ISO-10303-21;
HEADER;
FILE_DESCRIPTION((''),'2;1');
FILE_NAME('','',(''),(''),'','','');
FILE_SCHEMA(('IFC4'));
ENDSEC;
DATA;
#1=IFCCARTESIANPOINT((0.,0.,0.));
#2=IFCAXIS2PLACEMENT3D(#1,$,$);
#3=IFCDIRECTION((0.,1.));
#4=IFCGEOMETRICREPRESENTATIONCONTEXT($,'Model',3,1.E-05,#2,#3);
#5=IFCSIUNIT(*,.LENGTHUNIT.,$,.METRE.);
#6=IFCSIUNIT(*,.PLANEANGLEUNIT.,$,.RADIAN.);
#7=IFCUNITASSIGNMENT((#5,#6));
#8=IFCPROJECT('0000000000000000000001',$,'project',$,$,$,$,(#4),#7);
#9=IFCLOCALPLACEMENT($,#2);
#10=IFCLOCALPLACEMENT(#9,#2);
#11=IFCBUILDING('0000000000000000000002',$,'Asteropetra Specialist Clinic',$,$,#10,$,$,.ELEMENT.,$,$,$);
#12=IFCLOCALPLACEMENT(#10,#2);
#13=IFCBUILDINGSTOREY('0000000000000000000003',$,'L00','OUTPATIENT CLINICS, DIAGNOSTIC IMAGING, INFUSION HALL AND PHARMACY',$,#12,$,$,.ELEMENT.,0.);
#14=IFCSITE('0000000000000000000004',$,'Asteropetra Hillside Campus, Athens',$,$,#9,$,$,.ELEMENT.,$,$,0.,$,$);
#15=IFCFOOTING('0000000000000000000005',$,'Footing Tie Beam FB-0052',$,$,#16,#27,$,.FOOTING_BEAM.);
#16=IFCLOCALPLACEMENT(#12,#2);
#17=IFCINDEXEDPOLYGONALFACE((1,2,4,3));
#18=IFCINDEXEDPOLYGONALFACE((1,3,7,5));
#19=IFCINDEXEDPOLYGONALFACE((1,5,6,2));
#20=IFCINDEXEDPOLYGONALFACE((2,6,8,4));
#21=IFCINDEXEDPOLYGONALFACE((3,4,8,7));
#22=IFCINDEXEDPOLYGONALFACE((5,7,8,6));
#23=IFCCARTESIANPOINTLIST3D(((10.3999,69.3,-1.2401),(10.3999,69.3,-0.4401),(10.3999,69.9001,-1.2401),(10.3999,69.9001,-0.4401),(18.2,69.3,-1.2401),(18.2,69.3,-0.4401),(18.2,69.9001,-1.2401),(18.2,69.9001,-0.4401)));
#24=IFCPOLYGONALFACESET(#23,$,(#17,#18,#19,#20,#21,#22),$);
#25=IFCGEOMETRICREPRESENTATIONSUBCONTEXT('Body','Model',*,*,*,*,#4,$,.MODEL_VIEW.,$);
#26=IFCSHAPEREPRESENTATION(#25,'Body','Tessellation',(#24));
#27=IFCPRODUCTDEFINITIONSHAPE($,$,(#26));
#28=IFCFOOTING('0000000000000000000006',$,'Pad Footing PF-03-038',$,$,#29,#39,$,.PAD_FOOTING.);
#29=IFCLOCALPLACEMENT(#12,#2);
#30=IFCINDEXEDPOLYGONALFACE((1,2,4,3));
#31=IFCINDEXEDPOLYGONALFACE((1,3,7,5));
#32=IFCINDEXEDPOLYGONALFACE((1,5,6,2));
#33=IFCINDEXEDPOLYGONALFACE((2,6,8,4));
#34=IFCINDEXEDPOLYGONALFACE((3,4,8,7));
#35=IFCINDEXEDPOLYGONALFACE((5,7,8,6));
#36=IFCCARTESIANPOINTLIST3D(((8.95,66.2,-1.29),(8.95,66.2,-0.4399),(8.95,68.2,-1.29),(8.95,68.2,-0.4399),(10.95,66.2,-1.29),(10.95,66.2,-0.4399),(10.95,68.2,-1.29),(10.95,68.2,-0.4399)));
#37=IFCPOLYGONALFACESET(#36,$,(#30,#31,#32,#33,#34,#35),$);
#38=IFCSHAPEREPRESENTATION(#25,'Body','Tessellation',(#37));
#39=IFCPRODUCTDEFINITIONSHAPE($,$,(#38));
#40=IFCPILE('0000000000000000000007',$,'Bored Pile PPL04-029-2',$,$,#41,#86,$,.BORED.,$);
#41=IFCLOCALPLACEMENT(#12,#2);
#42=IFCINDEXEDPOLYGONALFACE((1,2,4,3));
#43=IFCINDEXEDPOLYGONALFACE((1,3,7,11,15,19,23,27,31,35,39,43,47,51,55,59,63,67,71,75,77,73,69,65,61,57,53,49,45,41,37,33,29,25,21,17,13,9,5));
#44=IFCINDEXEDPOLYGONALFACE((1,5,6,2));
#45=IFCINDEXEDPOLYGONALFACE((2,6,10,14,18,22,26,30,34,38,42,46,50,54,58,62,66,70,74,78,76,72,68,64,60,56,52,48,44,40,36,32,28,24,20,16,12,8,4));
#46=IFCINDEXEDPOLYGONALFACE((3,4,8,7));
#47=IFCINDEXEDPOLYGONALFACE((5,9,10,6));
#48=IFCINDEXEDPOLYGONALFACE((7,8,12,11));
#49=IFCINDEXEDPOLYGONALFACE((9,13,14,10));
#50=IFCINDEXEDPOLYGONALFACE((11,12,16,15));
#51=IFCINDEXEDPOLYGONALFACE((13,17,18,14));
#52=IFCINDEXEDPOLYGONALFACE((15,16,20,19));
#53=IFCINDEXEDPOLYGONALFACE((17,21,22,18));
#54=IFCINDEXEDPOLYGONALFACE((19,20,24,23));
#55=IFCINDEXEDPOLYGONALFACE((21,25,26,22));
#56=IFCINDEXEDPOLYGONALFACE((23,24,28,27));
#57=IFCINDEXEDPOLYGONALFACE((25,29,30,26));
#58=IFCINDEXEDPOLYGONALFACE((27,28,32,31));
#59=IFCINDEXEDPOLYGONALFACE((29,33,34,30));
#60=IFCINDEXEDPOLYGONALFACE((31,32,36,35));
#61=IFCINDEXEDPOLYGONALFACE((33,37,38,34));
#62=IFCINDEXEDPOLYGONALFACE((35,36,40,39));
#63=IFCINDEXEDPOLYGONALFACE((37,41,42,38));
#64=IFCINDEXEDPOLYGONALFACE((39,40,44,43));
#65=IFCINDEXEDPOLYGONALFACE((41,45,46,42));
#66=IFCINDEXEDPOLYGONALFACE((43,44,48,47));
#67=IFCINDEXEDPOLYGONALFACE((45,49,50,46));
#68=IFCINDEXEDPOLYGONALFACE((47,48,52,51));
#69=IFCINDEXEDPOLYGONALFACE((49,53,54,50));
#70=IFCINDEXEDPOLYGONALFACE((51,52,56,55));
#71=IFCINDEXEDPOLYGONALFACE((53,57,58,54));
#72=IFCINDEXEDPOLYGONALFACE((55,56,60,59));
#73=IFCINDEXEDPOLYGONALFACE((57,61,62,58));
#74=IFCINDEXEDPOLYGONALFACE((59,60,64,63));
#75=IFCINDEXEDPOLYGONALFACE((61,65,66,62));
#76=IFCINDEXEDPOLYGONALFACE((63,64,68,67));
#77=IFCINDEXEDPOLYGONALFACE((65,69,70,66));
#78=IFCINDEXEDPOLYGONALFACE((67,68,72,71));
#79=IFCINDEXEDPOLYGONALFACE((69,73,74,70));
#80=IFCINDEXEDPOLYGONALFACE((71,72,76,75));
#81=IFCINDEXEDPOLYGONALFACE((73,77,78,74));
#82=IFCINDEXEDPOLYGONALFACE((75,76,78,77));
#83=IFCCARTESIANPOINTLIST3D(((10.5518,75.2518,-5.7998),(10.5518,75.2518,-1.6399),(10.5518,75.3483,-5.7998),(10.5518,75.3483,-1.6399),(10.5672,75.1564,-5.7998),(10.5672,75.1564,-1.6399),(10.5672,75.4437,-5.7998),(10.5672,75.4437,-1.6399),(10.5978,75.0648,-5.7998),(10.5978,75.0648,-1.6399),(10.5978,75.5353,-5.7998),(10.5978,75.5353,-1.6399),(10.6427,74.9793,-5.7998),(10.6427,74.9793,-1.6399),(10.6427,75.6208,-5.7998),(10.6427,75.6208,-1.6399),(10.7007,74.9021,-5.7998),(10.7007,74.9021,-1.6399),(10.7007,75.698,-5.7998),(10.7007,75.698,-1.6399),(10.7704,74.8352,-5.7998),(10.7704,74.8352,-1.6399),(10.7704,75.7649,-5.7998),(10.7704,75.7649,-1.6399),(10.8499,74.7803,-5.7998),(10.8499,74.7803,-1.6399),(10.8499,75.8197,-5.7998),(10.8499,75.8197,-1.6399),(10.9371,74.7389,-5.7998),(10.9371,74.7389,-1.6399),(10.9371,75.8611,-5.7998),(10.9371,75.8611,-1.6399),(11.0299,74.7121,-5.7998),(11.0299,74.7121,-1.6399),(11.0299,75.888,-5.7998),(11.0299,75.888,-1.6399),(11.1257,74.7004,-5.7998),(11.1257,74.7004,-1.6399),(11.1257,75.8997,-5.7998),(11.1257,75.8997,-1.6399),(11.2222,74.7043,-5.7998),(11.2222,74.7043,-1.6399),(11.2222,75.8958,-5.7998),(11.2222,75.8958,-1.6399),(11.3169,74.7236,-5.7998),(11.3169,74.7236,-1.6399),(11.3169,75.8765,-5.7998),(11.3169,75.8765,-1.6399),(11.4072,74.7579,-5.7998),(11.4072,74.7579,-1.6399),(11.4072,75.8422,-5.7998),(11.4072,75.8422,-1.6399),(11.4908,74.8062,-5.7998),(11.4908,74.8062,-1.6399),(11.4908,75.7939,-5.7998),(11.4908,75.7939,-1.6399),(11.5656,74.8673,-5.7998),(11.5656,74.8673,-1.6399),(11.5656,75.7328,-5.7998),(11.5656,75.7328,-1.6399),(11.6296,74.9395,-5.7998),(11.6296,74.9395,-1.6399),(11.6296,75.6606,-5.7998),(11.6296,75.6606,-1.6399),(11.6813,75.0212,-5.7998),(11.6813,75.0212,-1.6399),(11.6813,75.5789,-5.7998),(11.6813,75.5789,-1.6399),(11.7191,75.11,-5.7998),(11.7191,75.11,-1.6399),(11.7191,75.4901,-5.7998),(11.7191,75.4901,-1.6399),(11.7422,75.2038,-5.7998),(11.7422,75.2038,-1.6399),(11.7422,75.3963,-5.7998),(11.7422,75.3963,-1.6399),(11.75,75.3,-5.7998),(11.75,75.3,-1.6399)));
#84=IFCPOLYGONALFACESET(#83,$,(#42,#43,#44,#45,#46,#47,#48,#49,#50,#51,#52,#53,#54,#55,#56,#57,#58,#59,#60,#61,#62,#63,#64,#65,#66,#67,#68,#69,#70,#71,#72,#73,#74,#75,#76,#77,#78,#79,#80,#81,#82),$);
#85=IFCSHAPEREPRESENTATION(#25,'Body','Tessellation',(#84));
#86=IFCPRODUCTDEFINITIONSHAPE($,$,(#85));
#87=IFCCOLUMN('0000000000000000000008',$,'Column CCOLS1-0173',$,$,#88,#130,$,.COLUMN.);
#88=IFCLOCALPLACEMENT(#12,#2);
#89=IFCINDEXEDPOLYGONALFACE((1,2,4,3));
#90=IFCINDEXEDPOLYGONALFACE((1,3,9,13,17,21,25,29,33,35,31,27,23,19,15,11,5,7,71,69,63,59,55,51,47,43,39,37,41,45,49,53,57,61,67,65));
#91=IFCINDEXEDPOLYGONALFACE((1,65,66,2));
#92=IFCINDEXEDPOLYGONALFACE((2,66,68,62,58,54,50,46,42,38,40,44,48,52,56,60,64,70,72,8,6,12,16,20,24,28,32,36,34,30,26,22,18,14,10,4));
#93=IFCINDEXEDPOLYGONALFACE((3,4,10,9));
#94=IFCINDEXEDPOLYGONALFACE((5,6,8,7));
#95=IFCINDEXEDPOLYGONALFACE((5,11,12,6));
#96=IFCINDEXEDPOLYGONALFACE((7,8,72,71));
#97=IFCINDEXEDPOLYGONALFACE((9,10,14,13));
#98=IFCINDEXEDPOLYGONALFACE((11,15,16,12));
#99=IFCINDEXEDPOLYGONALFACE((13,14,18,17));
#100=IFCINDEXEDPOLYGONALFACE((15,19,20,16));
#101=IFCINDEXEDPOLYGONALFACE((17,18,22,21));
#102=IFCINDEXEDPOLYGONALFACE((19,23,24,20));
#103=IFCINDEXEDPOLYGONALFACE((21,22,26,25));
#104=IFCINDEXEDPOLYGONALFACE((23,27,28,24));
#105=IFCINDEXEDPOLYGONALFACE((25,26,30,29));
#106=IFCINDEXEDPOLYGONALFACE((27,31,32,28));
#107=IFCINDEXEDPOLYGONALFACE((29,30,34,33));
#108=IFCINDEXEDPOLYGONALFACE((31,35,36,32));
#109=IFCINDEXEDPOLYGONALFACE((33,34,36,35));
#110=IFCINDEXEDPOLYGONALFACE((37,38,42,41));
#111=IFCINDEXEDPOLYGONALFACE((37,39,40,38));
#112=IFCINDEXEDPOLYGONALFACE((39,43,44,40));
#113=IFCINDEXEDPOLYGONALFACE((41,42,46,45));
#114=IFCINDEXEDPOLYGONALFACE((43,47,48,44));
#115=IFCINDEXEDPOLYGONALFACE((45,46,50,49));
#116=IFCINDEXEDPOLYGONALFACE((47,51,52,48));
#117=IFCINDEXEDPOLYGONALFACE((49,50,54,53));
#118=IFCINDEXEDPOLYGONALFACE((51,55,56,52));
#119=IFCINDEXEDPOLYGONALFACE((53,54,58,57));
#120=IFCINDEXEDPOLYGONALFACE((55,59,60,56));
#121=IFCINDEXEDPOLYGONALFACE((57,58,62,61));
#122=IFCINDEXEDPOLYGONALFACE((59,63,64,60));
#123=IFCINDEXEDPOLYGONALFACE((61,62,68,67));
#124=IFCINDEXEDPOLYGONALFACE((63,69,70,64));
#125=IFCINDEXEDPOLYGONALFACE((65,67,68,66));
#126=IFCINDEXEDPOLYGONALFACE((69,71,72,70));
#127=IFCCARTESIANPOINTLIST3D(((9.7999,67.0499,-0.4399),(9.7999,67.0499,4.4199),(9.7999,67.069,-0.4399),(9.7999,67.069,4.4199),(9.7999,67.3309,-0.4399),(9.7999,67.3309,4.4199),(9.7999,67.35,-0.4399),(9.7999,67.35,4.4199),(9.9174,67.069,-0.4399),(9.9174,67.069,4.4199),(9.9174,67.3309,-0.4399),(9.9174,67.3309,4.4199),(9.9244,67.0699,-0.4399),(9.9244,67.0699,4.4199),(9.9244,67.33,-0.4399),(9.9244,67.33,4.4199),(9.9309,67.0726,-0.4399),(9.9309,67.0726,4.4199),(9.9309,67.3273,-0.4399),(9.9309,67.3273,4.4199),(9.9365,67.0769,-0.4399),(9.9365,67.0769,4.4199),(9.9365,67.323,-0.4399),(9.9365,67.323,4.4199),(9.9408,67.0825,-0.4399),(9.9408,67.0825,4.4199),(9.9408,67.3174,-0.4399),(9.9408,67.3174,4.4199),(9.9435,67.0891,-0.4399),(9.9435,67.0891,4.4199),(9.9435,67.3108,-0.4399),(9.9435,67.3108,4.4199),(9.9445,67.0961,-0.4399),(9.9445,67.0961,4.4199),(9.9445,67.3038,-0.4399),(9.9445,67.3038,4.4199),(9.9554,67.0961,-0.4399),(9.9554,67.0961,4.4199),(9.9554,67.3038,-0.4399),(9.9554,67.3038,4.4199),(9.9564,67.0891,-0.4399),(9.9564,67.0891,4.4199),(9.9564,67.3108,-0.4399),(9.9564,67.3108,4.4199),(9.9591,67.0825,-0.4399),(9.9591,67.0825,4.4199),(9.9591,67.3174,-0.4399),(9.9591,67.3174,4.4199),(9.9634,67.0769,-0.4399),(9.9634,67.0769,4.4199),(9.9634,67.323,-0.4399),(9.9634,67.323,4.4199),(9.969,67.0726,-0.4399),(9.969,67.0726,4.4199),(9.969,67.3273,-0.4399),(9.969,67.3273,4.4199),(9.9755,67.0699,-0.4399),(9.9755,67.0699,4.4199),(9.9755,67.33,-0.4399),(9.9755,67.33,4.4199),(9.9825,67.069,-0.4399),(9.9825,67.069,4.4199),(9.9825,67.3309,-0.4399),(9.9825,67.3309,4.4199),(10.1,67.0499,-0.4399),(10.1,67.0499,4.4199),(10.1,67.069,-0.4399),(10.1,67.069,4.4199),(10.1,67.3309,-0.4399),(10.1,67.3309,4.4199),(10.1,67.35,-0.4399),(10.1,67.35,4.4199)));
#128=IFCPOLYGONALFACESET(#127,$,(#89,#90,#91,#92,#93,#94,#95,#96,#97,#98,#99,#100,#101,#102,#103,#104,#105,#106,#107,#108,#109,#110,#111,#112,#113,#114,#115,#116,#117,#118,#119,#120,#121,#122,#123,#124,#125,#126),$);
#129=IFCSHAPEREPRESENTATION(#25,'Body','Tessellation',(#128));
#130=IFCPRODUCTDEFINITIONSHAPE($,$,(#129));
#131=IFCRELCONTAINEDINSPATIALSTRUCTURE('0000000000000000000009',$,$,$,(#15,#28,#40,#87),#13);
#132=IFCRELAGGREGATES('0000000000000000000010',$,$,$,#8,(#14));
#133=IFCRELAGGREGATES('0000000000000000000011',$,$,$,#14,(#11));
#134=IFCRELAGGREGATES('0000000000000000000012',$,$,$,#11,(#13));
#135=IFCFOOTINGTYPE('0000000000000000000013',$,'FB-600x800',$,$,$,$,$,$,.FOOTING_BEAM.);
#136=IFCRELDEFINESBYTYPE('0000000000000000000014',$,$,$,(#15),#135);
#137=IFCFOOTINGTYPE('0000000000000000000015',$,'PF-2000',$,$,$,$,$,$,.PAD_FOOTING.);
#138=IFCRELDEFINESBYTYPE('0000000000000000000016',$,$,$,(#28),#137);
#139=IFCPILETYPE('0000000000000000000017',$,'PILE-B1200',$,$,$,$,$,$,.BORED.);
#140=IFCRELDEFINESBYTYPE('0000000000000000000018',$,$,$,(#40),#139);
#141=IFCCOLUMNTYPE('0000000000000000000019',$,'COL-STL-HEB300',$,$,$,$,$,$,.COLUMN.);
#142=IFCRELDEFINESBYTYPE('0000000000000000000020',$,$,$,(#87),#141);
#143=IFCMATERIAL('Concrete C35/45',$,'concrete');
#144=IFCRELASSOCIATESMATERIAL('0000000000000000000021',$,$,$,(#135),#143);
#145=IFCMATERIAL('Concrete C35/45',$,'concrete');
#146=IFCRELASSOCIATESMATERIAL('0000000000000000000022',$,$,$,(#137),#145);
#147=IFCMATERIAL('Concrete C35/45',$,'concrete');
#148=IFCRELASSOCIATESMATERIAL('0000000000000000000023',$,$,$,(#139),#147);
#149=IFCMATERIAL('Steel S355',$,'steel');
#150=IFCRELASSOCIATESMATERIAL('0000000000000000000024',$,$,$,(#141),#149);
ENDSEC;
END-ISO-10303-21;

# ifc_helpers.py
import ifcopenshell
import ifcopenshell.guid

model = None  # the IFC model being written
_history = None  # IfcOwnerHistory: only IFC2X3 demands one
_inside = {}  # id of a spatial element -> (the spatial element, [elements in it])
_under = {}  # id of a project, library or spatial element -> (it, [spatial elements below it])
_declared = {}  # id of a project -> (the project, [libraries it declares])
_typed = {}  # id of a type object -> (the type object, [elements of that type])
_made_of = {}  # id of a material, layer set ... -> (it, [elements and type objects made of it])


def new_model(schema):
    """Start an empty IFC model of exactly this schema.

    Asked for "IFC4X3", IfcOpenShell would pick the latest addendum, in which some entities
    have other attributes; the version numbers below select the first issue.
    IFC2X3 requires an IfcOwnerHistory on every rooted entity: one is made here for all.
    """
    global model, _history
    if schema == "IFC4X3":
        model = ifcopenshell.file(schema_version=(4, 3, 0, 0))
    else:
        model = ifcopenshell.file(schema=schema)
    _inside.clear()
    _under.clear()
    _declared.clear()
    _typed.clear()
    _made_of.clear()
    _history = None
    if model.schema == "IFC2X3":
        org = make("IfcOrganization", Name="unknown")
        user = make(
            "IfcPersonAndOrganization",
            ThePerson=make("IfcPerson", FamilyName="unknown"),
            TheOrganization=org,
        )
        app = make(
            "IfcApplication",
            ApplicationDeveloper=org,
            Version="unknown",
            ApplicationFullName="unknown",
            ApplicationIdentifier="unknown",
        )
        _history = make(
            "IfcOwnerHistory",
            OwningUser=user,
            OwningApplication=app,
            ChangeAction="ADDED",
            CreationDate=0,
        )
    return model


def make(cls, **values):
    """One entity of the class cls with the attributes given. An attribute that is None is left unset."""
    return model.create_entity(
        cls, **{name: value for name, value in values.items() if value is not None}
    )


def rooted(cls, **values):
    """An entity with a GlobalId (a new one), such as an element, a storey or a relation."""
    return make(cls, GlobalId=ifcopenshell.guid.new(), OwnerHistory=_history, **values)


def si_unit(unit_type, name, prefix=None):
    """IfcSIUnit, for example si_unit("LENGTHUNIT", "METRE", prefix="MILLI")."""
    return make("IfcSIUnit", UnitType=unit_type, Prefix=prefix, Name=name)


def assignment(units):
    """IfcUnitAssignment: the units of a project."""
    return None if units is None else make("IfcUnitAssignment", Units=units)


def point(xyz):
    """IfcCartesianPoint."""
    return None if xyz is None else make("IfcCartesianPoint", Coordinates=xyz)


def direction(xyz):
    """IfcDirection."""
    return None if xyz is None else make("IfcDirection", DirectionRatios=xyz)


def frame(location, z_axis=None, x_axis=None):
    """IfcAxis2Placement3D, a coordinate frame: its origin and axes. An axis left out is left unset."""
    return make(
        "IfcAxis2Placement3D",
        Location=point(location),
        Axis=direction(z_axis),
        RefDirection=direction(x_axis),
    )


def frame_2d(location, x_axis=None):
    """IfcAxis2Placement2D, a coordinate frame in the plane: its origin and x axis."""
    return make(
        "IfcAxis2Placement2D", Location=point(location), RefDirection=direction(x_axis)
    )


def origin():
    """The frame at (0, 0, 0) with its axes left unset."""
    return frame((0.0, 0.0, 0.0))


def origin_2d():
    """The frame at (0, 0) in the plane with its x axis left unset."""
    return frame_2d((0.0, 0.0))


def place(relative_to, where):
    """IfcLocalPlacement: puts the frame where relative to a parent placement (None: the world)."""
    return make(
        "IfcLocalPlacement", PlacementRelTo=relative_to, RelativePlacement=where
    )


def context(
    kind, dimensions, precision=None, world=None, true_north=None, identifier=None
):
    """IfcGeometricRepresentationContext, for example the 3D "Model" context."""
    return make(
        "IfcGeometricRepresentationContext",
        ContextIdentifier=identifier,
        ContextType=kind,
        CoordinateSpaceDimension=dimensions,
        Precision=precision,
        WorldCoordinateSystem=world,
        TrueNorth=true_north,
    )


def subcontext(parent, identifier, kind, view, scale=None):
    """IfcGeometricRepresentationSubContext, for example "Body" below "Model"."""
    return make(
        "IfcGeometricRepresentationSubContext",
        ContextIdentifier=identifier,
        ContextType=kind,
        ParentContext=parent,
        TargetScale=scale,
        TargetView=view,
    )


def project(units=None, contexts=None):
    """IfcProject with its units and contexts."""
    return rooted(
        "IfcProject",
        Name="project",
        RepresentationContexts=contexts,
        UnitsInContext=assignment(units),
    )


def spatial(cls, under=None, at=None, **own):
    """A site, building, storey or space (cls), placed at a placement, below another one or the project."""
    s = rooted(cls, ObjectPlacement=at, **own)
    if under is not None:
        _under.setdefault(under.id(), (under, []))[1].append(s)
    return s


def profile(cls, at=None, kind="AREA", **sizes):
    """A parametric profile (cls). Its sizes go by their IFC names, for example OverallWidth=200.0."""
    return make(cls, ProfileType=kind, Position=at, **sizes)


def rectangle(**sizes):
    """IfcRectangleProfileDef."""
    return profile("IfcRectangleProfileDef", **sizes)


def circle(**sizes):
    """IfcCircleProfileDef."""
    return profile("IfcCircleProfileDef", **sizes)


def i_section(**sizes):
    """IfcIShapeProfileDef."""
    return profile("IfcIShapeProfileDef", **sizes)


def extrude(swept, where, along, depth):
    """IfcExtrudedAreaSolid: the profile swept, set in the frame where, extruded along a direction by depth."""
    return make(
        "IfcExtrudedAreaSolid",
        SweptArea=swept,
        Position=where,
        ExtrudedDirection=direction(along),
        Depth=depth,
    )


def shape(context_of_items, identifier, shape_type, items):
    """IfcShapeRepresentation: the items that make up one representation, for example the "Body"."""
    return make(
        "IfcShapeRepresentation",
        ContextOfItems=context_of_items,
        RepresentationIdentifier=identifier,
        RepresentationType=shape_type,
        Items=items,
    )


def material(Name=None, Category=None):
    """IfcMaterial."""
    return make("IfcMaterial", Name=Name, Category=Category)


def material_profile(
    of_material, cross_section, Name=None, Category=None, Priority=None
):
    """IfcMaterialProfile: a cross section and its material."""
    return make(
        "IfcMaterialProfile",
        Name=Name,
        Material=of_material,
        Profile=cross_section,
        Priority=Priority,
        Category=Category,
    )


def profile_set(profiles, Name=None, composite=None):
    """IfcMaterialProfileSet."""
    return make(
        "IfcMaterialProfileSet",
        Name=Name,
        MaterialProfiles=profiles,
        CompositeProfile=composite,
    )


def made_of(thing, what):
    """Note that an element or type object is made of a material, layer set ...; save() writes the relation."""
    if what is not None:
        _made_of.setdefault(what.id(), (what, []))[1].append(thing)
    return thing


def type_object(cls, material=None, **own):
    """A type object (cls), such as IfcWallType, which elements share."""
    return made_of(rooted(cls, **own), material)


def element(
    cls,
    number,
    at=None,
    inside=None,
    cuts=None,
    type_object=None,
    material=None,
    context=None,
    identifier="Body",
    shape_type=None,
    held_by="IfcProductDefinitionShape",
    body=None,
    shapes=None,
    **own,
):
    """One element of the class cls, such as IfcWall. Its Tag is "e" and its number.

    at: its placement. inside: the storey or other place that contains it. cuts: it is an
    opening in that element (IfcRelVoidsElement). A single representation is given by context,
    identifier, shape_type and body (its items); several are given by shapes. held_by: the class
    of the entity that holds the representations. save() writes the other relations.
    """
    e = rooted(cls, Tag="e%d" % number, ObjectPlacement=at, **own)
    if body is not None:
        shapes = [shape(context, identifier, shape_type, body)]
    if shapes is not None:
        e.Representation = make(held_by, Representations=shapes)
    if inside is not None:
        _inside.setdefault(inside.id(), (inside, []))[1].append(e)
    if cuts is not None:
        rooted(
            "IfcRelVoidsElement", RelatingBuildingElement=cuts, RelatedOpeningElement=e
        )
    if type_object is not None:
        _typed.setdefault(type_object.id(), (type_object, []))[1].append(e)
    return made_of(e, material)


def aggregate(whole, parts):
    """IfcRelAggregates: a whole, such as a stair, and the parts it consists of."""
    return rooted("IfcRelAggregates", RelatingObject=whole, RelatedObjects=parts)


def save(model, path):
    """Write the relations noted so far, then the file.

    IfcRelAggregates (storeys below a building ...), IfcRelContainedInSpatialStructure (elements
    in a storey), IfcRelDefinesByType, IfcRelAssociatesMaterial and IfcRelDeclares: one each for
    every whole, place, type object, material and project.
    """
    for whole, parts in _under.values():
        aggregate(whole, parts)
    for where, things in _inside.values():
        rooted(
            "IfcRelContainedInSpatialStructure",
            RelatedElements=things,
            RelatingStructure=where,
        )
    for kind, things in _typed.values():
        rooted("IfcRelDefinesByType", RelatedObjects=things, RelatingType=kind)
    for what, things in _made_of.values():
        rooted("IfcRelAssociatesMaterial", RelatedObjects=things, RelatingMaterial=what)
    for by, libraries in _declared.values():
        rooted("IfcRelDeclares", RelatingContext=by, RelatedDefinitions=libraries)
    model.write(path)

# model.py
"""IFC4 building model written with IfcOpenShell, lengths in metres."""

from ifc_helpers import new_model, si_unit, direction, frame, origin, origin_2d, place, context, subcontext, project, spatial, rectangle, circle, i_section, extrude, material, material_profile, profile_set, type_object, element, save


model = new_model("IFC4")

# Units and contexts
model_context = context("Model", 3, precision=1e-05, world=origin(), true_north=direction((0.0, 1.0)))
body_context = subcontext(model_context, "Body", "Model", "MODEL_VIEW")
ifc_project = project(units=[si_unit("LENGTHUNIT", "METRE"), si_unit("PLANEANGLEUNIT", "RADIAN")], contexts=[model_context])

# Site, building, storey
site_placement = place(None, origin())
site = spatial("IfcSite", under=ifc_project, at=site_placement, Name="Asteropetra Hillside Campus, Athens", CompositionType="ELEMENT", RefElevation=0.0)
building_placement = place(site_placement, origin())
building = spatial("IfcBuilding", under=site, at=building_placement, Name="Asteropetra Specialist Clinic", CompositionType="ELEMENT")
storey_placement = place(building_placement, origin())
storey = spatial("IfcBuildingStorey", under=building, at=storey_placement, Name="L00", Description="OUTPATIENT CLINICS, DIAGNOSTIC IMAGING, INFUSION HALL AND PHARMACY", CompositionType="ELEMENT", Elevation=0.0)

# Footings
ifc_material_1 = material(Name="Concrete C35/45", Category="concrete")
ifc_material_profile_1 = material_profile(ifc_material_1, rectangle(XDim=0.6001, YDim=0.8, at=origin_2d()), Name="FB 600x800")
ifc_profile_set_1 = profile_set([ifc_material_profile_1], Name="Concrete C35/45")
footing_type_1 = type_object("IfcFootingType", Name="FB-600x800", PredefinedType="FOOTING_BEAM", material=ifc_profile_set_1)
footing_1_placement = place(storey_placement, frame((10.3999, 69.6001, -0.8401), z_axis=(1.0, 0.0, 0.0), x_axis=(0.0, 1.0, 0.0)))
element("IfcFooting", 1, at=footing_1_placement, inside=storey, type_object=footing_type_1, Name="Footing Tie Beam FB-0052", PredefinedType="FOOTING_BEAM", context=body_context, shape_type="SweptSolid", body=[
    extrude(rectangle(XDim=0.6001, YDim=0.8, at=origin_2d()), origin(), (0.0, 0.0, 1.0), 7.8),
])
ifc_material_2 = material(Name="Concrete C35/45", Category="concrete")
footing_type_2 = type_object("IfcFootingType", Name="PF-2000", PredefinedType="PAD_FOOTING", material=ifc_material_2)
footing_2_placement = place(storey_placement, frame((9.95, 67.2, -1.29), z_axis=(0.0, 0.0, 1.0), x_axis=(1.0, 0.0, 0.0)))
element("IfcFooting", 2, at=footing_2_placement, inside=storey, type_object=footing_type_2, Name="Pad Footing PF-03-038", PredefinedType="PAD_FOOTING", context=body_context, shape_type="SweptSolid", body=[
    extrude(rectangle(XDim=2.0, YDim=2.0, at=origin_2d()), origin(), (0.0, 0.0, 1.0), 0.8501),
])

# Pile
ifc_material_3 = material(Name="Concrete C35/45", Category="concrete")
ifc_material_profile_2 = material_profile(ifc_material_3, circle(Radius=0.6001, at=origin_2d()), Name="PILE D1200")
ifc_profile_set_2 = profile_set([ifc_material_profile_2], Name="Concrete C35/45")
pile_type = type_object("IfcPileType", Name="PILE-B1200", PredefinedType="BORED", material=ifc_profile_set_2)
pile_placement = place(storey_placement, frame((11.1499, 75.3, -1.6399), z_axis=(0.0, 0.0, -1.0), x_axis=(1.0, 0.0, 0.0)))
element("IfcPile", 3, at=pile_placement, inside=storey, type_object=pile_type, Name="Bored Pile PPL04-029-2", PredefinedType="BORED", context=body_context, shape_type="SweptSolid", body=[
    extrude(circle(Radius=0.6001, at=origin_2d()), origin(), (0.0, 0.0, 1.0), 4.1599),
])

# Column
ifc_material_4 = material(Name="Steel S355", Category="steel")
ifc_material_profile_3 = material_profile(ifc_material_4, i_section(OverallWidth=0.3, OverallDepth=0.3, WebThickness=0.011, FlangeThickness=0.019, FilletRadius=0.0271, at=origin_2d()), Name="HEB 300")
ifc_profile_set_3 = profile_set([ifc_material_profile_3], Name="Steel S355")
column_type = type_object("IfcColumnType", Name="COL-STL-HEB300", PredefinedType="COLUMN", material=ifc_profile_set_3)
column_placement = place(storey_placement, frame((9.95, 67.2, -0.4399), z_axis=(0.0, 0.0, 1.0), x_axis=(1.0, 0.0, 0.0)))
element("IfcColumn", 4, at=column_placement, inside=storey, type_object=column_type, Name="Column CCOLS1-0173", PredefinedType="COLUMN", context=body_context, shape_type="SweptSolid", body=[
    extrude(i_section(OverallWidth=0.3, OverallDepth=0.3, WebThickness=0.011, FlangeThickness=0.019, FilletRadius=0.0271, at=origin_2d()), origin(), (0.0, 0.0, 1.0), 4.8599),
])

save(model, "model.ifc")
